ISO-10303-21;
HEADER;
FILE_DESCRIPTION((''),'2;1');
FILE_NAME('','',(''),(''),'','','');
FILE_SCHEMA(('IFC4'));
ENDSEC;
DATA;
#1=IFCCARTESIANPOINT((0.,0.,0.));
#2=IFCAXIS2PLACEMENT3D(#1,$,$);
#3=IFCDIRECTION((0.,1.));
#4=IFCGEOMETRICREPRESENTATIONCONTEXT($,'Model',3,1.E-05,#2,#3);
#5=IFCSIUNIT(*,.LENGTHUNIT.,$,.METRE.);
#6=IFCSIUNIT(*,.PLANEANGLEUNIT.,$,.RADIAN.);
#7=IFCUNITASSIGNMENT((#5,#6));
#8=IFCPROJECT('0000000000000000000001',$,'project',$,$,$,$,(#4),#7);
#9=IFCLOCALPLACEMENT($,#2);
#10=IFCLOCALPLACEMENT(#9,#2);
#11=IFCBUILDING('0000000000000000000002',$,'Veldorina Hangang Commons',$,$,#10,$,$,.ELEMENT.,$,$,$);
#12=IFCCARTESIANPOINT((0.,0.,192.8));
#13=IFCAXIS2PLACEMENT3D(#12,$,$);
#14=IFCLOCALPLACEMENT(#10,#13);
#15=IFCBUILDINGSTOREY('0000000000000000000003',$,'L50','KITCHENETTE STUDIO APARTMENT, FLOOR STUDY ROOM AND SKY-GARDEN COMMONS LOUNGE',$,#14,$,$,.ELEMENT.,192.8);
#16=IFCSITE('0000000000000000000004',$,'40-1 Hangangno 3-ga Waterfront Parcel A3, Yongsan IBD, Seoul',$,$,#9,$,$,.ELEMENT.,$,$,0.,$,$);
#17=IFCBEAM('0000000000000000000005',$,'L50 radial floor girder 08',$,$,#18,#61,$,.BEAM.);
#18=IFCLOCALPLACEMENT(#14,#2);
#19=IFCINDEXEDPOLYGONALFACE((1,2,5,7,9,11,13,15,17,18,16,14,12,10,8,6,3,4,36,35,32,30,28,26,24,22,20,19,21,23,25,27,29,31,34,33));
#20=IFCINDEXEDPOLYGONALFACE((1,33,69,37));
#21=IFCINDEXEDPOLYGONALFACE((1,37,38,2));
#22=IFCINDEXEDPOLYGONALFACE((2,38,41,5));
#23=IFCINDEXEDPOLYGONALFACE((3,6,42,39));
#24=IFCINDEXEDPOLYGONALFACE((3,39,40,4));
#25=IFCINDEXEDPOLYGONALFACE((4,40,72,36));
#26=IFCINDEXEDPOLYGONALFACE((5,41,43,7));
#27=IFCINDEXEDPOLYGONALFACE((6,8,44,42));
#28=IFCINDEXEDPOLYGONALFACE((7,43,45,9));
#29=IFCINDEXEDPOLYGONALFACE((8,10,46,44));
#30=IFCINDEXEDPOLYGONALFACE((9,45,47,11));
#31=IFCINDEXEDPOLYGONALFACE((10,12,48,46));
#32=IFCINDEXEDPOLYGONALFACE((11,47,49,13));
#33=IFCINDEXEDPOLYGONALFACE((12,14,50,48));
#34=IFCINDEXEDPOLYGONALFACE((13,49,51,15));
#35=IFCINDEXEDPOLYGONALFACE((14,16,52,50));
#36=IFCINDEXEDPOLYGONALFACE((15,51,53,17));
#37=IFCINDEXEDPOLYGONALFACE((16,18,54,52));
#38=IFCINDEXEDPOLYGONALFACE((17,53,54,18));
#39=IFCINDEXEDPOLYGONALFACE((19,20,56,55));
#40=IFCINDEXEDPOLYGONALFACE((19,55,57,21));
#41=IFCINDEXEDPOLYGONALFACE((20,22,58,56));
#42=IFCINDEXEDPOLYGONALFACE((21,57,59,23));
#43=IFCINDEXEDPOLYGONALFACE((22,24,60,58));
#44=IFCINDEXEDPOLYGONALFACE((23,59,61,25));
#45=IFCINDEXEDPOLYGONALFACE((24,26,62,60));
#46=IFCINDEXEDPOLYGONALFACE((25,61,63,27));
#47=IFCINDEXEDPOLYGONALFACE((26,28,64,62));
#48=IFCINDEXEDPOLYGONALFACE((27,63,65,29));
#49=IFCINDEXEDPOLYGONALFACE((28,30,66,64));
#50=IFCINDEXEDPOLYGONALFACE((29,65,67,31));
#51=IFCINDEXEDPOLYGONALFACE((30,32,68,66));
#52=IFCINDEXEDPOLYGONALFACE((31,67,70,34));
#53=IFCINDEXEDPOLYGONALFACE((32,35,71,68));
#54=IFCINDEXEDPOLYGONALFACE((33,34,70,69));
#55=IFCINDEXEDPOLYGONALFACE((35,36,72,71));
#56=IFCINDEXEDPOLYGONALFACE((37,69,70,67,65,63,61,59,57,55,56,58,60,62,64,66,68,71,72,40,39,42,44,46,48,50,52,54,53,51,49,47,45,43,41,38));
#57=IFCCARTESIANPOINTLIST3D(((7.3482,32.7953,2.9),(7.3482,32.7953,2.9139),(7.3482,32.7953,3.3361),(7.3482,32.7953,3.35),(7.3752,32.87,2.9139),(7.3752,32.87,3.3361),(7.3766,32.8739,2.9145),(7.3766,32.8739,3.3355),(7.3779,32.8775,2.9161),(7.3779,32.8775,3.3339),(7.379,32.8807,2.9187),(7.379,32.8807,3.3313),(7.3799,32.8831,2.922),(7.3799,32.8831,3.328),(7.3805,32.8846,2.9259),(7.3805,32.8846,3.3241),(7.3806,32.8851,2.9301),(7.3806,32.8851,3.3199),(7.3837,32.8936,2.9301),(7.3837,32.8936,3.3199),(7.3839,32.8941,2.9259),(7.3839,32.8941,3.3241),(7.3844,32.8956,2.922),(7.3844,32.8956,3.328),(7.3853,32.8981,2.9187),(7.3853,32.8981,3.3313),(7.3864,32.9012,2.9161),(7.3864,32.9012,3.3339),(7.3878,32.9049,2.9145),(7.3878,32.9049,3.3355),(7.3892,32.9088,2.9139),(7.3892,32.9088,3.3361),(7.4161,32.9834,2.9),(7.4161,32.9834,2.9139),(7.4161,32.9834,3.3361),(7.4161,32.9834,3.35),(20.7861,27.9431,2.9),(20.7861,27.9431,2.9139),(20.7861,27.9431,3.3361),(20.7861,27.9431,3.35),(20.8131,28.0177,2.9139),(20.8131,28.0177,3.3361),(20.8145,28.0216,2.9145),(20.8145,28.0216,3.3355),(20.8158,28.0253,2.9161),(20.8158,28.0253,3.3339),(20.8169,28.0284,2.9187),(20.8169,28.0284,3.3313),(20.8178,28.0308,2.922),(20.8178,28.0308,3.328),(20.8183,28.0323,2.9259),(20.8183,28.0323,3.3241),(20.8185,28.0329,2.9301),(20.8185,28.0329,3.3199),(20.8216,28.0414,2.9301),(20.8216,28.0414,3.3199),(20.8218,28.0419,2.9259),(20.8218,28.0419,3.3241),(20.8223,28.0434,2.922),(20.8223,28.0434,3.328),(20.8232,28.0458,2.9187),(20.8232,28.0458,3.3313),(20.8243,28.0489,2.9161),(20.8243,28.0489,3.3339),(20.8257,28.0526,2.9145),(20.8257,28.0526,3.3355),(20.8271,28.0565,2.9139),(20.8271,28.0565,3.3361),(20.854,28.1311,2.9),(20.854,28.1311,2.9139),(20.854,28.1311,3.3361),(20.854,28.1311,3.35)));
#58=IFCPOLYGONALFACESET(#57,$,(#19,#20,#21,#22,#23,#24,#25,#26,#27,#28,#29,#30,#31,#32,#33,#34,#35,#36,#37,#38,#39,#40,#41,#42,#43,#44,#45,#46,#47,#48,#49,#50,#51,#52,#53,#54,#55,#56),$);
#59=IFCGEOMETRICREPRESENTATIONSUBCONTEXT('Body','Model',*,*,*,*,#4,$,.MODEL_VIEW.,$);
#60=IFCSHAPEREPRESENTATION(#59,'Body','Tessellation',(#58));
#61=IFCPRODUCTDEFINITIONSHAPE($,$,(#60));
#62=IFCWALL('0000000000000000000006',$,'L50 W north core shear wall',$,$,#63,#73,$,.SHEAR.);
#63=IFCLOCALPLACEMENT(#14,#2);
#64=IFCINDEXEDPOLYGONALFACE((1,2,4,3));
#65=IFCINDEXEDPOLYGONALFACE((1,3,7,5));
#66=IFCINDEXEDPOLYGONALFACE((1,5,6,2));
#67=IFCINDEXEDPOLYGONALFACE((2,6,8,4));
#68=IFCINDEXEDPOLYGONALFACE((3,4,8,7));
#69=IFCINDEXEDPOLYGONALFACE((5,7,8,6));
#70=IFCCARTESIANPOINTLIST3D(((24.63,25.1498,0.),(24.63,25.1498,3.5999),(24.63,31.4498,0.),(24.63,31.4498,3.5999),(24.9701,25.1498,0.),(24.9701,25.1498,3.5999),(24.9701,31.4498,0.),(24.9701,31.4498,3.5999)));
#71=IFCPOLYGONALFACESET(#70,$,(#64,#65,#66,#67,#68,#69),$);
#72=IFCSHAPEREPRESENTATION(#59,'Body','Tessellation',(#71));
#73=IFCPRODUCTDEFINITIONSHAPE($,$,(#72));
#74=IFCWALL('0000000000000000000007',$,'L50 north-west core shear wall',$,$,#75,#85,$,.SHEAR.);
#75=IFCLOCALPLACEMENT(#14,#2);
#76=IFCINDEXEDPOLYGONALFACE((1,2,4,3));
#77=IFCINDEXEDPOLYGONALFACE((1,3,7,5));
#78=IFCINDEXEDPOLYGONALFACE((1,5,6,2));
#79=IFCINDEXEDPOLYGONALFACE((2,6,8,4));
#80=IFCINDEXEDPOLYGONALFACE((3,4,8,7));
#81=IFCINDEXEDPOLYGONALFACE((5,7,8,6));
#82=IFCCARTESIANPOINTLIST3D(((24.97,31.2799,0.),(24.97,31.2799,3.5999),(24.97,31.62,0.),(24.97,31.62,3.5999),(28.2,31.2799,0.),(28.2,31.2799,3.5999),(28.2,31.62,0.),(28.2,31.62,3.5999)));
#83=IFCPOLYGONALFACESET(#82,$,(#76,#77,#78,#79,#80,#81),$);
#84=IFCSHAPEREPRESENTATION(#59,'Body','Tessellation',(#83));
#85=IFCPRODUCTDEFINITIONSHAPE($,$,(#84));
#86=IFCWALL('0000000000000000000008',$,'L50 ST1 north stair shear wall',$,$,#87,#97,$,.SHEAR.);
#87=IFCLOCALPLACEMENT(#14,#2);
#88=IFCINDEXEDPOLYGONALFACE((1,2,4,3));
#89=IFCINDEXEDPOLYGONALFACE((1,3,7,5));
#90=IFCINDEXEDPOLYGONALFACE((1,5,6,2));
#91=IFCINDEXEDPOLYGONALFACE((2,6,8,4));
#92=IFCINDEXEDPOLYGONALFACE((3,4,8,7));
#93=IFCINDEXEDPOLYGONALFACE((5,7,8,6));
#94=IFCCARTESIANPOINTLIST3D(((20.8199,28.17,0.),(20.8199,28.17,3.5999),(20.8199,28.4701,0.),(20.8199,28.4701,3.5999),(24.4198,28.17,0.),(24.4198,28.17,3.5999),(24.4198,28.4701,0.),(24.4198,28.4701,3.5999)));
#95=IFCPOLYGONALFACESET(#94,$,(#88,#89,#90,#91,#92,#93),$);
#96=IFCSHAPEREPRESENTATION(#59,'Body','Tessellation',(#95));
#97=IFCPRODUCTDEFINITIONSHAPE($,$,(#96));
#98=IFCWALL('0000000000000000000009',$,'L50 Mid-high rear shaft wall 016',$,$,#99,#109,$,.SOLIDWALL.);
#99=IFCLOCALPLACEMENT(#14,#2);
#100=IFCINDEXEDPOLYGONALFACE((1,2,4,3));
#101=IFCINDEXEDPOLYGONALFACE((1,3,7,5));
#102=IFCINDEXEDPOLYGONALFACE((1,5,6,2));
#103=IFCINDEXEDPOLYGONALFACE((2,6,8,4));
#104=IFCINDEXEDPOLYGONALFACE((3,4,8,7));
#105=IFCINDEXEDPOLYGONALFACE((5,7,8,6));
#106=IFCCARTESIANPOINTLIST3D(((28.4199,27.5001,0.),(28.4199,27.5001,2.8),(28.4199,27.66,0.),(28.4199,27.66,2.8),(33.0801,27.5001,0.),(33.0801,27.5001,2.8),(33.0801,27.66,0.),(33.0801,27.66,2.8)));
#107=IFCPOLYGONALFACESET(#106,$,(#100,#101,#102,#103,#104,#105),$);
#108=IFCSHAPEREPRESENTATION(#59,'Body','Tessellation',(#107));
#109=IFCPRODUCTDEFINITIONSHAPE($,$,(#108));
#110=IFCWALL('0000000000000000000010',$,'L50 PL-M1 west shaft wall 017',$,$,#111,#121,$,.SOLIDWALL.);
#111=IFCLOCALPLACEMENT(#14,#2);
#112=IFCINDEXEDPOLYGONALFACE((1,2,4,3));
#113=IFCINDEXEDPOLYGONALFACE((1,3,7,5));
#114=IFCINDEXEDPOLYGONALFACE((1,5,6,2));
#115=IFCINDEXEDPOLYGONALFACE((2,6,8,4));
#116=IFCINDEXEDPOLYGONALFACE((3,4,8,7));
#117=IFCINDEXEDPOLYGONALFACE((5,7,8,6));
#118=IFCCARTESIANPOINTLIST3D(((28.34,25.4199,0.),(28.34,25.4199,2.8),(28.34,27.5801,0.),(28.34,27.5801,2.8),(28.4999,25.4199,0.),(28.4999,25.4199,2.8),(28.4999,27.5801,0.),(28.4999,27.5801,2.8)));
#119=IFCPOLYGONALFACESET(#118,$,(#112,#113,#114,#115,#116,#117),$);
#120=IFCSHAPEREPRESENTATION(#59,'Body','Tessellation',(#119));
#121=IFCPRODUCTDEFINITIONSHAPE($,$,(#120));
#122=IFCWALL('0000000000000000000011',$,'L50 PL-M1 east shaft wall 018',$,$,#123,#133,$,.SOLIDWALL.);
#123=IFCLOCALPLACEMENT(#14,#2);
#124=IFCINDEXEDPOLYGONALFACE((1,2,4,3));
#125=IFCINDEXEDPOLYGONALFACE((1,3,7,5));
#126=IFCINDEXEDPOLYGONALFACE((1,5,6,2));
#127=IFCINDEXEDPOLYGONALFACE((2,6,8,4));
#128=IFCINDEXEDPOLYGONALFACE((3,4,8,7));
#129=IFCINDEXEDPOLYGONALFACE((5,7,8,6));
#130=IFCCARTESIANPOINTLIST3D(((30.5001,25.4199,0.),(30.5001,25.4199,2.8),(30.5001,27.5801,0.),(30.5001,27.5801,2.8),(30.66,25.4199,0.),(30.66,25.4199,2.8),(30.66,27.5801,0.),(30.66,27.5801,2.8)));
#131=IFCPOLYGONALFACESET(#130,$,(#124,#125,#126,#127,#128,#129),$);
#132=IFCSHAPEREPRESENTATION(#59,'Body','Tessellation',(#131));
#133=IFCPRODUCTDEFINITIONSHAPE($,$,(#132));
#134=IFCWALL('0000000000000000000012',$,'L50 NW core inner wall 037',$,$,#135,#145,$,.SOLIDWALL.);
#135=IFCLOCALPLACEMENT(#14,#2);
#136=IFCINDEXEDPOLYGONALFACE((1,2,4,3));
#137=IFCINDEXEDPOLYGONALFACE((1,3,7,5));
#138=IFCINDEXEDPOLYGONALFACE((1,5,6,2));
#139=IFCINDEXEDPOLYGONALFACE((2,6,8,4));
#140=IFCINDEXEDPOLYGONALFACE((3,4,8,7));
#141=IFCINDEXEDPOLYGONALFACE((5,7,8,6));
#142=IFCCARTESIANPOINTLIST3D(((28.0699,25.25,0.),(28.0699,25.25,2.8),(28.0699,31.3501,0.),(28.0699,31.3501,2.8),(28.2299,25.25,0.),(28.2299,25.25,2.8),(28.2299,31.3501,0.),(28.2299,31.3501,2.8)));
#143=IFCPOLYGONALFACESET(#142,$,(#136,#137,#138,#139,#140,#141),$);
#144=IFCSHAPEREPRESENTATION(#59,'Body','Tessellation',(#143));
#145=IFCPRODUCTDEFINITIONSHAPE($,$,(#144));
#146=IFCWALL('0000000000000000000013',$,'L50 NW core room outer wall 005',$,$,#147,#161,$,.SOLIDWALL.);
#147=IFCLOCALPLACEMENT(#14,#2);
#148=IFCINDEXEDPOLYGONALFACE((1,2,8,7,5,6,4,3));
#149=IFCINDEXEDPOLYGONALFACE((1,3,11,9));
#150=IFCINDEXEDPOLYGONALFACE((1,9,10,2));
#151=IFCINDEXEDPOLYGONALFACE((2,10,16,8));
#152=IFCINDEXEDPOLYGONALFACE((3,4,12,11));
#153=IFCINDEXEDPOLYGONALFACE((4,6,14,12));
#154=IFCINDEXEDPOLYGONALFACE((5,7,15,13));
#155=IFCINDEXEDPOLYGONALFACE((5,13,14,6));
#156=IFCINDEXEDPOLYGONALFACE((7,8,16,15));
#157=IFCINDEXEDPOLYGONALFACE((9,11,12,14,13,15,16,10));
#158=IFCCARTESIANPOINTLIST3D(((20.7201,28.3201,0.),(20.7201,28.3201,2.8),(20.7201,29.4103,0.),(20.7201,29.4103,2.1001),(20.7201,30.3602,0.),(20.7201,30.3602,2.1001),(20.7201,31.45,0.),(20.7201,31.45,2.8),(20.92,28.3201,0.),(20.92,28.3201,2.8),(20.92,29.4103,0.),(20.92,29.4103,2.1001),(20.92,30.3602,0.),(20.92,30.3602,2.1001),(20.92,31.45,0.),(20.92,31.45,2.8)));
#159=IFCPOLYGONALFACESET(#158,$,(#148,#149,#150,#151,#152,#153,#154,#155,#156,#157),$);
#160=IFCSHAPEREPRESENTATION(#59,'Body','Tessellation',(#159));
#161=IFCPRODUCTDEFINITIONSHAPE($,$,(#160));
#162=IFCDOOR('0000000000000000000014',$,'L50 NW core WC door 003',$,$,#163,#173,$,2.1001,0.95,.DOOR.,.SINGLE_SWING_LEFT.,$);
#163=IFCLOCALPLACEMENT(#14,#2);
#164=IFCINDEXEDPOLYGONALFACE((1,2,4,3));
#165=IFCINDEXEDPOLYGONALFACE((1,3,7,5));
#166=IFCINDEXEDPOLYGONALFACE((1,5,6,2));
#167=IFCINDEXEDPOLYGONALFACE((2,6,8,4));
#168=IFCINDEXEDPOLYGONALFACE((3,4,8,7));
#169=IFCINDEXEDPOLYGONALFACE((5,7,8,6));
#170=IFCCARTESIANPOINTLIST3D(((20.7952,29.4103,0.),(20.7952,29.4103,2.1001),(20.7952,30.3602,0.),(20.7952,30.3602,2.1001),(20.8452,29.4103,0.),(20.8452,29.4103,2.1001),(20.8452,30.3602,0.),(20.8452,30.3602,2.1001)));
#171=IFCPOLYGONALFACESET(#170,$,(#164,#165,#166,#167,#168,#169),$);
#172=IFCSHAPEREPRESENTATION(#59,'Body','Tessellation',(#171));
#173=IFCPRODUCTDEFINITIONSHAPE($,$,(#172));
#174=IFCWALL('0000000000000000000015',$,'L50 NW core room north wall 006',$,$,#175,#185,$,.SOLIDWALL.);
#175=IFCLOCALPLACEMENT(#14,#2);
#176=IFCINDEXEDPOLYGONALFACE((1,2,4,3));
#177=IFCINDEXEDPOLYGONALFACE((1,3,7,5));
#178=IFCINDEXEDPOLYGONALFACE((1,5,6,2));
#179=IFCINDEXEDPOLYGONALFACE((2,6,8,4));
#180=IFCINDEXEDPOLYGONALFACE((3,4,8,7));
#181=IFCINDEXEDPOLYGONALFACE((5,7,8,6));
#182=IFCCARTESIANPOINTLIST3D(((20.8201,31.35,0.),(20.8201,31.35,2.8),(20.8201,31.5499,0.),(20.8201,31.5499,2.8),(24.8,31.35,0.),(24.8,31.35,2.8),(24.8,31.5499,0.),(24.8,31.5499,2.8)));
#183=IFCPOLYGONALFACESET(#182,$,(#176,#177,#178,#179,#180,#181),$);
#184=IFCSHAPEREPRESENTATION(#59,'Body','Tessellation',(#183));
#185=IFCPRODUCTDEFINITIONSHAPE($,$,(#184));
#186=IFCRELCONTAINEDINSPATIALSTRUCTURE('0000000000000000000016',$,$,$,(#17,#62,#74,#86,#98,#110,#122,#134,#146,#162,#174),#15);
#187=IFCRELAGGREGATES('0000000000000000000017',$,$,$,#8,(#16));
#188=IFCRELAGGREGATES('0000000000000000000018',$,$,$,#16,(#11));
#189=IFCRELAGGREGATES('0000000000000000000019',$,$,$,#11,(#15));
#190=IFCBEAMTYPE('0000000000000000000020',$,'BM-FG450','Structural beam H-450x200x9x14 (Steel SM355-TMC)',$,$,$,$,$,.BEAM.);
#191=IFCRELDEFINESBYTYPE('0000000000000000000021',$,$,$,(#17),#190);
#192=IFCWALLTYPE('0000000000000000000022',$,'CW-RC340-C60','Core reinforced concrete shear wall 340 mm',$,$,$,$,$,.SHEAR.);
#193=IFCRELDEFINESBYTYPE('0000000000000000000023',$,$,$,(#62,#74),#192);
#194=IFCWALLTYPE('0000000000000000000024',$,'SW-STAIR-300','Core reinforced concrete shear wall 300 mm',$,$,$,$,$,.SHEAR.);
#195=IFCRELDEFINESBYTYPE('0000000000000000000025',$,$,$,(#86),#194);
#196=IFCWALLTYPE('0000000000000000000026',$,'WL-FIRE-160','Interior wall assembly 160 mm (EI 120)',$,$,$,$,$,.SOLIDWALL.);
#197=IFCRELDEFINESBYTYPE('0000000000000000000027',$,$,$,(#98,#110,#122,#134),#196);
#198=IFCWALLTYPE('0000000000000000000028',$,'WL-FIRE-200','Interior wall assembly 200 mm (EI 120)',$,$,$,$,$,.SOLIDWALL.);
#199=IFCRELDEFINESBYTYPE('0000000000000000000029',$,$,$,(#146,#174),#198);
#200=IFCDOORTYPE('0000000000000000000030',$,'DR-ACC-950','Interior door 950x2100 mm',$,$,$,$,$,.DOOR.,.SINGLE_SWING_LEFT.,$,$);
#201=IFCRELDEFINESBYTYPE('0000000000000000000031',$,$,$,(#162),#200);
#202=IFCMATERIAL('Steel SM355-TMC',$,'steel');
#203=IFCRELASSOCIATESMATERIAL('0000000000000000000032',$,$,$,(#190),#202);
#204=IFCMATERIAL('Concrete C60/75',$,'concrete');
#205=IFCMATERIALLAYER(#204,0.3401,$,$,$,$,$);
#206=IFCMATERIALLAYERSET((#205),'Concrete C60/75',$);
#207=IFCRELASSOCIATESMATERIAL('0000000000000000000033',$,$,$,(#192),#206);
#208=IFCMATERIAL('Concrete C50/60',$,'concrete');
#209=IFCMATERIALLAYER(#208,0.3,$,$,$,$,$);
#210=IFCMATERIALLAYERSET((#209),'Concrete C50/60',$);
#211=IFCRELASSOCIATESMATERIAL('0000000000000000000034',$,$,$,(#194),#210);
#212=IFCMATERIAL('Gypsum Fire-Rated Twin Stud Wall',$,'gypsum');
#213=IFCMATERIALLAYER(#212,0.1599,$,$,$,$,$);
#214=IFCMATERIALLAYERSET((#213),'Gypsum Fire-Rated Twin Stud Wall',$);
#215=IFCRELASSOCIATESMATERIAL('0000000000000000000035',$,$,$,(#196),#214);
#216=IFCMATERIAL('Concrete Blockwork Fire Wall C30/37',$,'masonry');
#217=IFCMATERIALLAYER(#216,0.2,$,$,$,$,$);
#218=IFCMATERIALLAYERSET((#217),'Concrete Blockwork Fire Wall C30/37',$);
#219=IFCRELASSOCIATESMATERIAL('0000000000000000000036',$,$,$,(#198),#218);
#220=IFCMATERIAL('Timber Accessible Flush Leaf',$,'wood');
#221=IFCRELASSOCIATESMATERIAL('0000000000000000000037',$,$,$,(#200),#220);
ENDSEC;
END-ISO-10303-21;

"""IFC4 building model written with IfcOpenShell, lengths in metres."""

from ifc_helpers import new_model, si_unit, direction, frame, frame_2d, origin, origin_2d, place, context, subcontext, project, spatial, rectangle, i_section, extrude, material, layer, layer_set, material_profile, profile_set, type_object, element, fill, save


model = new_model("IFC4")

# Units and contexts
model_context = context("Model", 3, precision=1e-05, world=origin(), true_north=direction((0.0, 1.0)))
body_context = subcontext(model_context, "Body", "Model", "MODEL_VIEW")
ifc_project = project(units=[si_unit("LENGTHUNIT", "METRE"), si_unit("PLANEANGLEUNIT", "RADIAN")], contexts=[model_context])

# Site, building, storey
site_placement = place(None, origin())
site = spatial("IfcSite", under=ifc_project, at=site_placement, Name="40-1 Hangangno 3-ga Waterfront Parcel A3, Yongsan IBD, Seoul", CompositionType="ELEMENT", RefElevation=0.0)
building_placement = place(site_placement, origin())
building = spatial("IfcBuilding", under=site, at=building_placement, Name="Veldorina Hangang Commons", CompositionType="ELEMENT")
storey_placement = place(building_placement, frame((0.0, 0.0, 192.8)))
storey = spatial("IfcBuildingStorey", under=building, at=storey_placement, Name="L50", Description="KITCHENETTE STUDIO APARTMENT, FLOOR STUDY ROOM AND SKY-GARDEN COMMONS LOUNGE", CompositionType="ELEMENT", Elevation=192.8)

# Beam
ifc_material_1 = material(Name="Concrete C60/75", Category="concrete")
ifc_material_2 = material(Name="Steel SM355-TMC", Category="steel")
ifc_material_profile_1 = material_profile(ifc_material_2, i_section(OverallWidth=0.2, OverallDepth=0.45, WebThickness=0.009, FlangeThickness=0.0139, FilletRadius=0.0161, at=origin_2d()), Name="H-450x200x9x14")
ifc_profile_set_1 = profile_set([ifc_material_profile_1], Name="Steel SM355-TMC")
beam_type_1 = type_object("IfcBeamType", Name="BM-FG450", Description="Structural beam H-450x200x9x14 (Steel SM355-TMC)", PredefinedType="BEAM", material=ifc_profile_set_1)
beam_1_placement = place(storey_placement, frame((20.8201, 28.0371, 3.125), z_axis=(-0.940561, 0.339625, 0.0), x_axis=(-0.339625, -0.940561, 0.0)))
element("IfcBeam", 1, at=beam_1_placement, inside=storey, type_object=beam_type_1, Name="L50 radial floor girder 08", PredefinedType="BEAM", context=body_context, shape_type="SweptSolid", body=[
    extrude(i_section(OverallWidth=0.2, OverallDepth=0.45, WebThickness=0.009, FlangeThickness=0.0139, FilletRadius=0.0161, at=origin_2d()), origin(), (0.0, 0.0, 1.0), 14.2871),
])

# Walls
ifc_layer_1 = layer(ifc_material_1, 0.3401)
ifc_layer_set_1 = layer_set([ifc_layer_1], Name="Concrete C60/75")
wall_type_1 = type_object("IfcWallType", Name="CW-RC340-C60", Description="Core reinforced concrete shear wall 340 mm", PredefinedType="SHEAR", material=ifc_layer_set_1)
wall_1_placement = place(storey_placement, frame((24.8, 25.1499, 0.0), z_axis=(0.0, 0.0, 1.0), x_axis=(0.0, 1.0, 0.0)))
element("IfcWall", 2, at=wall_1_placement, inside=storey, type_object=wall_type_1, Name="L50 W north core shear wall", PredefinedType="SHEAR", context=body_context, shape_type="SweptSolid", body=[
    extrude(rectangle(XDim=6.3, YDim=0.3401, at=frame_2d((3.1499, 0.0))), origin(), (0.0, 0.0, 1.0), 3.5999),
])
wall_2_placement = place(storey_placement, frame((24.97, 31.45, 0.0), z_axis=(0.0, 0.0, 1.0), x_axis=(1.0, 0.0, 0.0)))
element("IfcWall", 3, at=wall_2_placement, inside=storey, type_object=wall_type_1, Name="L50 north-west core shear wall", PredefinedType="SHEAR", context=body_context, shape_type="SweptSolid", body=[
    extrude(rectangle(XDim=3.23, YDim=0.3401, at=frame_2d((1.615, 0.0))), origin(), (0.0, 0.0, 1.0), 3.5999),
])
ifc_material_3 = material(Name="Concrete C50/60", Category="concrete")
ifc_layer_2 = layer(ifc_material_3, 0.3)
ifc_layer_set_2 = layer_set([ifc_layer_2], Name="Concrete C50/60")
wall_type_2 = type_object("IfcWallType", Name="SW-STAIR-300", Description="Core reinforced concrete shear wall 300 mm", PredefinedType="SHEAR", material=ifc_layer_set_2)
wall_3_placement = place(storey_placement, frame((20.8201, 28.3201, 0.0), z_axis=(0.0, 0.0, 1.0), x_axis=(1.0, 0.0, 0.0)))
element("IfcWall", 4, at=wall_3_placement, inside=storey, type_object=wall_type_2, Name="L50 ST1 north stair shear wall", PredefinedType="SHEAR", context=body_context, shape_type="SweptSolid", body=[
    extrude(rectangle(XDim=3.5999, YDim=0.3, at=frame_2d((1.7998, 0.0))), origin(), (0.0, 0.0, 1.0), 3.5999),
])

# Shared definitions
ifc_material_4 = material(Name="Gypsum Fire-Rated Twin Stud Wall", Category="gypsum")
ifc_layer_3 = layer(ifc_material_4, 0.1599)
ifc_layer_set_3 = layer_set([ifc_layer_3], Name="Gypsum Fire-Rated Twin Stud Wall")
wall_type_3 = type_object("IfcWallType", Name="WL-FIRE-160", Description="Interior wall assembly 160 mm (EI 120)", PredefinedType="SOLIDWALL", material=ifc_layer_set_3)

# Walls
wall_4_placement = place(storey_placement, frame((28.4199, 27.5801, 0.0), z_axis=(0.0, 0.0, 1.0), x_axis=(1.0, 0.0, 0.0)))
element("IfcWall", 5, at=wall_4_placement, inside=storey, type_object=wall_type_3, Name="L50 Mid-high rear shaft wall 016", PredefinedType="SOLIDWALL", context=body_context, shape_type="SweptSolid", body=[
    extrude(rectangle(XDim=4.6602, YDim=0.1599, at=frame_2d((2.3301, 0.0))), origin(), (0.0, 0.0, 1.0), 2.8),
])
for number, where, z_axis, x_axis, name in (
    (6, (28.4199, 25.4199, 0.0), (0.0, 0.0, 1.0), (0.0, 1.0, 0.0), "L50 PL-M1 west shaft wall 017"),
    (7, (30.5801, 25.4199, 0.0), (0.0, 0.0, 1.0), (0.0, 1.0, 0.0), "L50 PL-M1 east shaft wall 018"),
):
    element("IfcWall", number, at=place(storey_placement, frame(where, z_axis=z_axis, x_axis=x_axis)), inside=storey, type_object=wall_type_3, Name=name, PredefinedType="SOLIDWALL", context=body_context, shape_type="SweptSolid", body=[
        extrude(rectangle(XDim=2.1602, YDim=0.1599, at=frame_2d((1.0801, 0.0))), origin(), (0.0, 0.0, 1.0), 2.8),
    ])
wall_5_placement = place(storey_placement, frame((28.1499, 25.25, 0.0), z_axis=(0.0, 0.0, 1.0), x_axis=(0.0, 1.0, 0.0)))
element("IfcWall", 8, at=wall_5_placement, inside=storey, type_object=wall_type_3, Name="L50 NW core inner wall 037", PredefinedType="SOLIDWALL", context=body_context, shape_type="SweptSolid", body=[
    extrude(rectangle(XDim=6.1001, YDim=0.1599, at=frame_2d((3.05, 0.0))), origin(), (0.0, 0.0, 1.0), 2.8),
])

# Wall, opening, door
ifc_material_5 = material(Name="Concrete Blockwork Fire Wall C30/37", Category="masonry")
ifc_layer_4 = layer(ifc_material_5, 0.2)
ifc_layer_set_4 = layer_set([ifc_layer_4], Name="Concrete Blockwork Fire Wall C30/37")
wall_type_4 = type_object("IfcWallType", Name="WL-FIRE-200", Description="Interior wall assembly 200 mm (EI 120)", PredefinedType="SOLIDWALL", material=ifc_layer_set_4)
wall_6_placement = place(storey_placement, frame((20.8201, 28.3201, 0.0), z_axis=(0.0, 0.0, 1.0), x_axis=(0.0, 1.0, 0.0)))
wall_6 = element("IfcWall", 9, at=wall_6_placement, inside=storey, type_object=wall_type_4, Name="L50 NW core room outer wall 005", PredefinedType="SOLIDWALL", context=body_context, shape_type="SweptSolid", body=[
    extrude(rectangle(XDim=3.1299, YDim=0.2, at=frame_2d((1.5649, 0.0))), origin(), (0.0, 0.0, 1.0), 2.8),
])
opening_1_placement = place(wall_6_placement, frame((1.0901, 0.0, 0.0)))
opening_1 = element("IfcOpeningElement", 10, at=opening_1_placement, cuts=wall_6, PredefinedType="OPENING", context=body_context, shape_type="SweptSolid", body=[
    extrude(rectangle(XDim=0.95, YDim=2.1001, at=frame_2d((0.4751, 1.05))), frame((0.0, 0.1099, 0.0), z_axis=(0.0, -1.0, 0.0), x_axis=(1.0, 0.0, 0.0)), (0.0, 0.0, 1.0), 0.22),
])
ifc_material_6 = material(Name="Timber Accessible Flush Leaf", Category="wood")
door_type_1 = type_object("IfcDoorType", Name="DR-ACC-950", Description="Interior door 950x2100 mm", OperationType="SINGLE_SWING_LEFT", PredefinedType="DOOR", material=ifc_material_6)
door_1_placement = place(opening_1_placement, origin())
door_1 = element("IfcDoor", 11, at=door_1_placement, inside=storey, type_object=door_type_1, Name="L50 NW core WC door 003", OperationType="SINGLE_SWING_LEFT", OverallHeight=2.1001, OverallWidth=0.95, PredefinedType="DOOR", context=body_context, shape_type="SweptSolid", body=[
    extrude(rectangle(XDim=0.95, YDim=2.1001, at=frame_2d((0.4751, 1.05))), frame((0.0, 0.0249, 0.0), z_axis=(0.0, -1.0, 0.0), x_axis=(1.0, 0.0, 0.0)), (0.0, 0.0, 1.0), 0.05),
])
fill(opening_1, door_1)

# Wall
wall_7_placement = place(storey_placement, frame((20.8201, 31.45, 0.0), z_axis=(0.0, 0.0, 1.0), x_axis=(1.0, 0.0, 0.0)))
element("IfcWall", 12, at=wall_7_placement, inside=storey, type_object=wall_type_4, Name="L50 NW core room north wall 006", PredefinedType="SOLIDWALL", context=body_context, shape_type="SweptSolid", body=[
    extrude(rectangle(XDim=3.98, YDim=0.2, at=frame_2d((1.99, 0.0))), origin(), (0.0, 0.0, 1.0), 2.8),
])

save(model, "model.ifc")
